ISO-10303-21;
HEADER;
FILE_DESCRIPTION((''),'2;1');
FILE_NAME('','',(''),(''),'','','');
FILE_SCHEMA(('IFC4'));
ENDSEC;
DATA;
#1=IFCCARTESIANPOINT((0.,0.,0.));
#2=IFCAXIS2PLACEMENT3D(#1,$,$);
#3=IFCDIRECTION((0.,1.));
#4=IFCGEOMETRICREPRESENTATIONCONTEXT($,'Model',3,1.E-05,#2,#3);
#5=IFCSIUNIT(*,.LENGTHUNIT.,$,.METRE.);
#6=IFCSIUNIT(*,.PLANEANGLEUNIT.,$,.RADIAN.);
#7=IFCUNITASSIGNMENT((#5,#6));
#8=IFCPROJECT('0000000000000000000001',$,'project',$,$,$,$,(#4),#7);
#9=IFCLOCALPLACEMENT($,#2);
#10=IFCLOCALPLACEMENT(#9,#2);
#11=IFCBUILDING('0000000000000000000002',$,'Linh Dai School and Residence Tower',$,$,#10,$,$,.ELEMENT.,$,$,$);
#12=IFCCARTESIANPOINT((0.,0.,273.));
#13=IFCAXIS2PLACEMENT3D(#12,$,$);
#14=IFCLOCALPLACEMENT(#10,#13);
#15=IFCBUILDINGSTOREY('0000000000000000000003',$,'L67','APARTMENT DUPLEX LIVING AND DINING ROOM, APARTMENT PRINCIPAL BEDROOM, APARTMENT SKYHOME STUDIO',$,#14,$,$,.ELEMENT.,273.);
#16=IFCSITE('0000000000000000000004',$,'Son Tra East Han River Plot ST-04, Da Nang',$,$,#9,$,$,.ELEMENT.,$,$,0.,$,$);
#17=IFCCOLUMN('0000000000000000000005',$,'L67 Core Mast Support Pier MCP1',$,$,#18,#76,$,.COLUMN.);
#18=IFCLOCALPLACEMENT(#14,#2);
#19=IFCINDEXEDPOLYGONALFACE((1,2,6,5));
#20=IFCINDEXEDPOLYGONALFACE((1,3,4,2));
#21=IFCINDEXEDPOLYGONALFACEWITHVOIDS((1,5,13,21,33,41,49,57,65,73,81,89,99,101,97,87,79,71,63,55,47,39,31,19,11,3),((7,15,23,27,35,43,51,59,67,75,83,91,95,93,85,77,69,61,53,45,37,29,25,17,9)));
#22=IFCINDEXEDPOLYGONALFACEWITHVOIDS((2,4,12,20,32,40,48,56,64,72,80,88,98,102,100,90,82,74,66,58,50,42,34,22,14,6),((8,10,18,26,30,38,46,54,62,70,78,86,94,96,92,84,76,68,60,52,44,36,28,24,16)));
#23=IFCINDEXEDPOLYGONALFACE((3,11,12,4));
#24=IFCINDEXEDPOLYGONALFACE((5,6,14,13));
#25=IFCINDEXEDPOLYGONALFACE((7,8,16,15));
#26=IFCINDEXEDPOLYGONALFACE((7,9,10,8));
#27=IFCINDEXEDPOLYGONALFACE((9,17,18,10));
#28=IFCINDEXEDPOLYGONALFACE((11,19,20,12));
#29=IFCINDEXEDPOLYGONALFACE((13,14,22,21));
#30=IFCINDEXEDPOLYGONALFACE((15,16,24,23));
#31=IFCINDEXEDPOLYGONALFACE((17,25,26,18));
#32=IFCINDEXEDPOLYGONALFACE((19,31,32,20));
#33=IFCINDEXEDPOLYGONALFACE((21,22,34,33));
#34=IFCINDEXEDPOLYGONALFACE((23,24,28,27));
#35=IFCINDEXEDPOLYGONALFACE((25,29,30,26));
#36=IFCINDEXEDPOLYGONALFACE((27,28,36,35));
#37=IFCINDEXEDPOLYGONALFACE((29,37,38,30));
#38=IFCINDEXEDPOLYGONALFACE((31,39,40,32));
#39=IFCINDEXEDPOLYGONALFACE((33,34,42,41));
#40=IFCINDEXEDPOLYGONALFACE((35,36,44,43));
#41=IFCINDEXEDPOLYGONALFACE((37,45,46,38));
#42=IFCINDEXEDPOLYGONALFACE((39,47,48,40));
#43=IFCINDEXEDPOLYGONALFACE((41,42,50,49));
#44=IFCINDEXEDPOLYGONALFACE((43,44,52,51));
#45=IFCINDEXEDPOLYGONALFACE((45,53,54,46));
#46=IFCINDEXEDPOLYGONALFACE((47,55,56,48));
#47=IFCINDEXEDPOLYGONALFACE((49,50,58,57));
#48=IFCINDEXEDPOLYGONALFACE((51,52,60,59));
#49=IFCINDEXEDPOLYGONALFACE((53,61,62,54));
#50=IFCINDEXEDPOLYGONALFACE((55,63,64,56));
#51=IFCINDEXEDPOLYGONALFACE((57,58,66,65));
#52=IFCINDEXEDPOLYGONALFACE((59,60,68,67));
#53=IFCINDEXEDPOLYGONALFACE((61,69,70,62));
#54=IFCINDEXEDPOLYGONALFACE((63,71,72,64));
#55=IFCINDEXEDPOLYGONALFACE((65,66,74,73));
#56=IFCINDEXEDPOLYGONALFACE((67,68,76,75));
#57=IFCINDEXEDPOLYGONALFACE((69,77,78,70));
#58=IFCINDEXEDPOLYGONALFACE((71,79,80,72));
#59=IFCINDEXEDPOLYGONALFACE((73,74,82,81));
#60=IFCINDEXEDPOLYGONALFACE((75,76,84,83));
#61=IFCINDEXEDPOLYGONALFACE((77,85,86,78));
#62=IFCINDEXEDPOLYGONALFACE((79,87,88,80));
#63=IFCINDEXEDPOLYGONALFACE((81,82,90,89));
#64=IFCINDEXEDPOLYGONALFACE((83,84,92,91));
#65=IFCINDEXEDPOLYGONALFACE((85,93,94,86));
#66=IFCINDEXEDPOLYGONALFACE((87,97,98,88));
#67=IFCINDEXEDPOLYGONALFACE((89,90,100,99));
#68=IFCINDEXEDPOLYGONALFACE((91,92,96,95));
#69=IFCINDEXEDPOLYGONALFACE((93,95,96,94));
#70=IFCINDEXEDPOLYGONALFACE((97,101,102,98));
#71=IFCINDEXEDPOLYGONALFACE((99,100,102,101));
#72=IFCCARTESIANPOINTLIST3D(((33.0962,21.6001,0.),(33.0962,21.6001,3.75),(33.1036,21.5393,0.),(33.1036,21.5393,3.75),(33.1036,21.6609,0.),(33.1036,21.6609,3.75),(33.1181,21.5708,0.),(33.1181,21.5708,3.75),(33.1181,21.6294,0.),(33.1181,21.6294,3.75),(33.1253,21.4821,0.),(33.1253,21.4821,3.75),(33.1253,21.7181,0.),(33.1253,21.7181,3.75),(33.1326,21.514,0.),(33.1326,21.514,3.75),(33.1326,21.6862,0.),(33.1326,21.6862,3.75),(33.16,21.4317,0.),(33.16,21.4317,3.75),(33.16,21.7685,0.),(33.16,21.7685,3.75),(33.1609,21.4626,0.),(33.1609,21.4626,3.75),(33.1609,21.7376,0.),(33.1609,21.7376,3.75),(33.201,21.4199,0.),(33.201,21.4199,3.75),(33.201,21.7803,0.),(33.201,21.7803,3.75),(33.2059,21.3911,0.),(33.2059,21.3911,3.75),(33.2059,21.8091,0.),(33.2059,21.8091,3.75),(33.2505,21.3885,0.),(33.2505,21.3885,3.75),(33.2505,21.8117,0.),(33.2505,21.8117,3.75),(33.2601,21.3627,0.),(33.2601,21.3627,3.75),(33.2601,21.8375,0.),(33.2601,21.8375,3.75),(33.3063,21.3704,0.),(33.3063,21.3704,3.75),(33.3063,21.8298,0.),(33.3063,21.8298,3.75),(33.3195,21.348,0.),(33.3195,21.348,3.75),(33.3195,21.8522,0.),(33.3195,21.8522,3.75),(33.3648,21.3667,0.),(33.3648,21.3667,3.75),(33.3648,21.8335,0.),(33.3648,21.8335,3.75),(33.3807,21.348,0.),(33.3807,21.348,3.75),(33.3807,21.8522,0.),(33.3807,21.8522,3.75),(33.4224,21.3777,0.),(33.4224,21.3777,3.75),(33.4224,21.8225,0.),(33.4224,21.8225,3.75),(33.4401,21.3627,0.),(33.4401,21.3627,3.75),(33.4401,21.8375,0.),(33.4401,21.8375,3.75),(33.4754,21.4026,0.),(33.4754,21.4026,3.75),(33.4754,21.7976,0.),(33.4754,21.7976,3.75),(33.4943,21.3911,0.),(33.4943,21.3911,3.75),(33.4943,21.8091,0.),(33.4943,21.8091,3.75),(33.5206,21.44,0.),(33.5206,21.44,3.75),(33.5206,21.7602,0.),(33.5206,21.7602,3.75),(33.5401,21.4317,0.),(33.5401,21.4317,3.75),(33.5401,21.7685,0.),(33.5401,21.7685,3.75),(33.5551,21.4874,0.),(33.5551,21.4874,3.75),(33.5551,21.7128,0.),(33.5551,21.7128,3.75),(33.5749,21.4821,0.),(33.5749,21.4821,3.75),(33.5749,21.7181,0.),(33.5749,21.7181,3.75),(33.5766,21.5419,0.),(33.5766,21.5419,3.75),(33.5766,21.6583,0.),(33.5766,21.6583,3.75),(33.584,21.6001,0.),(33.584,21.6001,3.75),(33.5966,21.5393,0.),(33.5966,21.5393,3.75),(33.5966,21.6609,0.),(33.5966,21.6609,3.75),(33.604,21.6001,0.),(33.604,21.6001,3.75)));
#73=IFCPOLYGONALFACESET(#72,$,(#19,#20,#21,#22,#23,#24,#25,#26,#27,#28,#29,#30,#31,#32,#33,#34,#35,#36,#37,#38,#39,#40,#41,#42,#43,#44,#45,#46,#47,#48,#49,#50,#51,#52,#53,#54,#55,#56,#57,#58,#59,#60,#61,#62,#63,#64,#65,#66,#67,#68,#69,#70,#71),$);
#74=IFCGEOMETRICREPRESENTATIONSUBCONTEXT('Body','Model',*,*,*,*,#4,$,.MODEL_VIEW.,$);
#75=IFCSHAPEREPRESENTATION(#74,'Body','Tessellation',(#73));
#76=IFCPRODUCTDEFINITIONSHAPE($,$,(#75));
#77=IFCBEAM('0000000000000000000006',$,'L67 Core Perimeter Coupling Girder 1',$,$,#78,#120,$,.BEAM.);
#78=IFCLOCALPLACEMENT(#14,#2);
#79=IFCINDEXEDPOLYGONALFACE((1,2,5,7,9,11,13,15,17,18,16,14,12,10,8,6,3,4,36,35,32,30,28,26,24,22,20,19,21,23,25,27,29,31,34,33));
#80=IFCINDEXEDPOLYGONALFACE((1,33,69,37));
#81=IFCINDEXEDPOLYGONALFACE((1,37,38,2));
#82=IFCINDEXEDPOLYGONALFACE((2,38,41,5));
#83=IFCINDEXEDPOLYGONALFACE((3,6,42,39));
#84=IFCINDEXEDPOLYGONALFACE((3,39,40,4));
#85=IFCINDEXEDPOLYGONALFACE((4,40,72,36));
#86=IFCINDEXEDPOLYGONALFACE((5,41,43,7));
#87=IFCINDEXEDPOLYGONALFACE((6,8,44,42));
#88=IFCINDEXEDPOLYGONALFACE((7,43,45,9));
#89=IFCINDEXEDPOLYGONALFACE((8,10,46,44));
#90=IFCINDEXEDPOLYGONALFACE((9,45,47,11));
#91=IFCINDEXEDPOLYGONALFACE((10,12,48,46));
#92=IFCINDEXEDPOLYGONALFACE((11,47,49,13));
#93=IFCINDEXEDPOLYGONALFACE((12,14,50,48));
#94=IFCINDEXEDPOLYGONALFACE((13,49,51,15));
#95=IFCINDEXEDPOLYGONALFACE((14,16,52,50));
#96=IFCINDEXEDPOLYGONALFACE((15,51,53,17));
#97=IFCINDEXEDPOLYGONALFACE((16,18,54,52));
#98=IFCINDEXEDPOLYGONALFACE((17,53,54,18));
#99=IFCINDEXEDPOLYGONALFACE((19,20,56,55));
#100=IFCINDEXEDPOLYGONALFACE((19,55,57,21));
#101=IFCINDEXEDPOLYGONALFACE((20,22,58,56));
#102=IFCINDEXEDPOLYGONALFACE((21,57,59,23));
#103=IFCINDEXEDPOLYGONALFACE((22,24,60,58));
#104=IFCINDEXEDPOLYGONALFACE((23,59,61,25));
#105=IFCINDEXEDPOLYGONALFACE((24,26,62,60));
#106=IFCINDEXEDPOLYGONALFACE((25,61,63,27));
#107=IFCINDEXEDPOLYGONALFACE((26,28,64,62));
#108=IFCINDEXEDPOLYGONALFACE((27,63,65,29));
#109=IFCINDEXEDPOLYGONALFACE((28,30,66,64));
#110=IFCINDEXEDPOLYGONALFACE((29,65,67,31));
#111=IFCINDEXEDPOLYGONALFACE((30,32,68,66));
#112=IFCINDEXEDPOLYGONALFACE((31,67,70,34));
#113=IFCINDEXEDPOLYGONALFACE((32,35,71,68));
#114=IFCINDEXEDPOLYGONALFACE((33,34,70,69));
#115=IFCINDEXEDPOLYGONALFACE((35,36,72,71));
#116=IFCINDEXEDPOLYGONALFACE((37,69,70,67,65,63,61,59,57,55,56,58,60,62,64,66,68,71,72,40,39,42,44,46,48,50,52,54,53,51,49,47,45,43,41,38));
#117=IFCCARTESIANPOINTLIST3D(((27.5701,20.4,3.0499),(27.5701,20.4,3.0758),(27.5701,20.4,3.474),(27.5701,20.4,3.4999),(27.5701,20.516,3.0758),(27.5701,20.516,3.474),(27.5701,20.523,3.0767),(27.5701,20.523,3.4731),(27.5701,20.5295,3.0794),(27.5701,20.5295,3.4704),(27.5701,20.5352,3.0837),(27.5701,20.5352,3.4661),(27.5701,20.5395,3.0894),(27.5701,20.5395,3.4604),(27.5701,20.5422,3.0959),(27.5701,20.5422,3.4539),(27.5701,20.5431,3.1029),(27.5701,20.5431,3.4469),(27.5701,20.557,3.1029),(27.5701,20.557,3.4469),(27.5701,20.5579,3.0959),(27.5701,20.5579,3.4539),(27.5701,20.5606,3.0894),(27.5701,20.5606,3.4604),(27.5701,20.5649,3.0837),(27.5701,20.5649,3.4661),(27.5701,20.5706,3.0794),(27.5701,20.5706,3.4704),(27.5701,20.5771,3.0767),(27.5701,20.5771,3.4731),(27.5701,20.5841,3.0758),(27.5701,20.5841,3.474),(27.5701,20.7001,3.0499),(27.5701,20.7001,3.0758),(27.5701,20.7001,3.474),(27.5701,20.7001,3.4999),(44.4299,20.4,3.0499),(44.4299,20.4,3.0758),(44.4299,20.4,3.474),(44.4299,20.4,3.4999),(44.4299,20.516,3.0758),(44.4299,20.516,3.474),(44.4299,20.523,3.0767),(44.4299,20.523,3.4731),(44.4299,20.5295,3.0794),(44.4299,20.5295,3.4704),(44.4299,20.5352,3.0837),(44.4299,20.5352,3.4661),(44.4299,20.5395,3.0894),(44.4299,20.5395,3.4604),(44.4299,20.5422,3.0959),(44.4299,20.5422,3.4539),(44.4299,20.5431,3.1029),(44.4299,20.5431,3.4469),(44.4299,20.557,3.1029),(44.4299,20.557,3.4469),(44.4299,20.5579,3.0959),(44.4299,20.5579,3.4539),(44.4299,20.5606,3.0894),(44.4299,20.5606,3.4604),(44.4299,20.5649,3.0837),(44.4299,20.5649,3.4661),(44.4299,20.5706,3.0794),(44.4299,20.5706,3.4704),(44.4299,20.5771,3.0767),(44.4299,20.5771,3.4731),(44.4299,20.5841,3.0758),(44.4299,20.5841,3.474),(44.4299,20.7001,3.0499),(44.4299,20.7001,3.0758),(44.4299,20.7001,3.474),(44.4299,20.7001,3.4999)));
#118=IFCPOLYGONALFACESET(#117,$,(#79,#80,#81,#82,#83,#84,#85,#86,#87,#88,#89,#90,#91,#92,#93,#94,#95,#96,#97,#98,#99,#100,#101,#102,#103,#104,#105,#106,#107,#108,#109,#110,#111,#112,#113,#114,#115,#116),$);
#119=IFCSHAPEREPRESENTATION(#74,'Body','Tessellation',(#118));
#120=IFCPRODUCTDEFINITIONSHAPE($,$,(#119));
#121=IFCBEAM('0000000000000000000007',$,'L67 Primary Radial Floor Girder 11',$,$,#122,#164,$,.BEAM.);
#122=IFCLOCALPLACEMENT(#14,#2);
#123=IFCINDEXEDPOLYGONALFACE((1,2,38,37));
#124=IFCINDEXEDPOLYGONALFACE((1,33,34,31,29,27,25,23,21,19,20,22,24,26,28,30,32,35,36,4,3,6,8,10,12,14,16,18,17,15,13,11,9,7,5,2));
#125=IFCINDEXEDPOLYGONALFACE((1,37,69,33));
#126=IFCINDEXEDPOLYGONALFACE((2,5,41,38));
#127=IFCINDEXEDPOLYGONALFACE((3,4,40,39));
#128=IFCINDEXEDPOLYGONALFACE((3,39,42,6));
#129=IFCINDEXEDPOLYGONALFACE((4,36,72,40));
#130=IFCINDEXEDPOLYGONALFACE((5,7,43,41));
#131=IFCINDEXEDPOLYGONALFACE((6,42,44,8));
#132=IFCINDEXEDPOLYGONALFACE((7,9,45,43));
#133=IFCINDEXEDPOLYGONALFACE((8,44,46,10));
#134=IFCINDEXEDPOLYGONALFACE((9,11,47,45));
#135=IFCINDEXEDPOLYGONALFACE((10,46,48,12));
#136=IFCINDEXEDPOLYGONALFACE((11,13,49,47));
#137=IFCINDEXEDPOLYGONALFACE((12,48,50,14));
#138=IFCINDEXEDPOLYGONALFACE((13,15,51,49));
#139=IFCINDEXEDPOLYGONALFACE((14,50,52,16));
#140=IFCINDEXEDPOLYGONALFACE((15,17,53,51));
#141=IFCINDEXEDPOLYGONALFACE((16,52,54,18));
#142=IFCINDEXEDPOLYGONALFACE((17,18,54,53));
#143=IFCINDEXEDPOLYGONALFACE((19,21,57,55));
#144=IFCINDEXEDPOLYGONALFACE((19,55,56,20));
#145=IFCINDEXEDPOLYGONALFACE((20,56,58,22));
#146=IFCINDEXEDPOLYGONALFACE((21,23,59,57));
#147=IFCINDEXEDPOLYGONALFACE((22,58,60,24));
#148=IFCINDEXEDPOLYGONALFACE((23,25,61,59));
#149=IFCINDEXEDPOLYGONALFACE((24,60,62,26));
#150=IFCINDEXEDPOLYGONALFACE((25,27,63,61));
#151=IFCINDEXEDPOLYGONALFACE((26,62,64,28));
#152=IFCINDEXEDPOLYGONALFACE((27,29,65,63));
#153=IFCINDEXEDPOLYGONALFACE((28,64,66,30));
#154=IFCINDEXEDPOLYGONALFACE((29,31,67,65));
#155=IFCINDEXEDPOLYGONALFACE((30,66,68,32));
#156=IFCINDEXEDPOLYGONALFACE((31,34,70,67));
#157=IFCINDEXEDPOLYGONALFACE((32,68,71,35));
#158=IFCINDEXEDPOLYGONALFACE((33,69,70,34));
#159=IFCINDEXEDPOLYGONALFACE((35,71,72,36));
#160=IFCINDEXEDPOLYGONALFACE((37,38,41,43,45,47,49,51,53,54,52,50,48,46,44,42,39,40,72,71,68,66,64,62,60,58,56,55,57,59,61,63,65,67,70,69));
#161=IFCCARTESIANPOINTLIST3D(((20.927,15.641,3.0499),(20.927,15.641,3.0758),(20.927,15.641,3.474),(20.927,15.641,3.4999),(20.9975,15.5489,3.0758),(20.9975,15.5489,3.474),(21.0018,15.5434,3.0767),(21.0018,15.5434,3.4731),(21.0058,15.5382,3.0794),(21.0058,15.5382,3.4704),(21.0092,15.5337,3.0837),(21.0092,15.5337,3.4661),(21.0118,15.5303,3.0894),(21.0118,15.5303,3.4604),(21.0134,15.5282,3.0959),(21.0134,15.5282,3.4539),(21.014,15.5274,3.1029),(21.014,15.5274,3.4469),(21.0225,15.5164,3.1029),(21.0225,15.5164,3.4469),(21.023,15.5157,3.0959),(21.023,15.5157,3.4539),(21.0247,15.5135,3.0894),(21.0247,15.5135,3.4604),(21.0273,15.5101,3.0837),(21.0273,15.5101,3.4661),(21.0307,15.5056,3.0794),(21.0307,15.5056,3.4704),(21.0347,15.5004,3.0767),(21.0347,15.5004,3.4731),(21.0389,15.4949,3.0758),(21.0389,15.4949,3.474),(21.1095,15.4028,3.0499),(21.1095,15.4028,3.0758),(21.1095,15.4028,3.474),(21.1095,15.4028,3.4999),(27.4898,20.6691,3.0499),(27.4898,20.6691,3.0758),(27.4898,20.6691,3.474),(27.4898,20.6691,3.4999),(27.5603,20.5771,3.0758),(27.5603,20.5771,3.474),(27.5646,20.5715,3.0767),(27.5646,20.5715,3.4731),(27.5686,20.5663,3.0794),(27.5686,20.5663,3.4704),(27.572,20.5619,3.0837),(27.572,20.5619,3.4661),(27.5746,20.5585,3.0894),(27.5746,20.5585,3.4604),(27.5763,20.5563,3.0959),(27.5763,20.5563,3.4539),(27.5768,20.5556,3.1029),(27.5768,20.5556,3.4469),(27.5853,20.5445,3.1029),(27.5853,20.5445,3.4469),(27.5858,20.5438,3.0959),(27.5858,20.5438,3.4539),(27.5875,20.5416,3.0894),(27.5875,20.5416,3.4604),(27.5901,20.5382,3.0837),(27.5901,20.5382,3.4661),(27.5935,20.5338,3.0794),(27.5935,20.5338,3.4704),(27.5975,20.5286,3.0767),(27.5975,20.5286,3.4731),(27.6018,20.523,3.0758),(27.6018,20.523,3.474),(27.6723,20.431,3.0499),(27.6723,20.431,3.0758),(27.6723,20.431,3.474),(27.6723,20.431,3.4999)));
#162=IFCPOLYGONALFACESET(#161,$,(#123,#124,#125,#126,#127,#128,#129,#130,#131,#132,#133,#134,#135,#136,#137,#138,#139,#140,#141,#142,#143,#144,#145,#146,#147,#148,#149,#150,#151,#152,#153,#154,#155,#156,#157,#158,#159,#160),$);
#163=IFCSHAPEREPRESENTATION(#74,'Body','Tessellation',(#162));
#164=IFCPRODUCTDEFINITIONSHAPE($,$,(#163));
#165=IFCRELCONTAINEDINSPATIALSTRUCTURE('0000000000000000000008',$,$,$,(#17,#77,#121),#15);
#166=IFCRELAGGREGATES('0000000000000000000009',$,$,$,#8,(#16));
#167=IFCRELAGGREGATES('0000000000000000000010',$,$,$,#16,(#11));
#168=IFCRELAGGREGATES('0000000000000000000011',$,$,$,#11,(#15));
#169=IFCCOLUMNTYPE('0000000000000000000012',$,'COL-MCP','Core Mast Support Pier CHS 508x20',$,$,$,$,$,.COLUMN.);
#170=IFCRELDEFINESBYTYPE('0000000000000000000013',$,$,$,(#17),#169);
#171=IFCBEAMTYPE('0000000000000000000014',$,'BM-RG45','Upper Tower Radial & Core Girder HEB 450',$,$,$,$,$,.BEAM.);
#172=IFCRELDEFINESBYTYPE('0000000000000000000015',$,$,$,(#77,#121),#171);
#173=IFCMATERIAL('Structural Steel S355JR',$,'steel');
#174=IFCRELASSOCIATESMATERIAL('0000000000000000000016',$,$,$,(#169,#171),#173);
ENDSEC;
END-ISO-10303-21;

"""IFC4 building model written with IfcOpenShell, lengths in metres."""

from ifc_helpers import new_model, si_unit, direction, frame, origin, origin_2d, place, context, subcontext, project, spatial, hollow_circle, i_section, extrude, material, material_profile, profile_set, type_object, element, save


model = new_model("IFC4")

# Units and contexts
model_context = context("Model", 3, precision=1e-05, world=origin(), true_north=direction((0.0, 1.0)))
body_context = subcontext(model_context, "Body", "Model", "MODEL_VIEW")
ifc_project = project(units=[si_unit("LENGTHUNIT", "METRE"), si_unit("PLANEANGLEUNIT", "RADIAN")], contexts=[model_context])

# Site, building, storey
site_placement = place(None, origin())
site = spatial("IfcSite", under=ifc_project, at=site_placement, Name="Son Tra East Han River Plot ST-04, Da Nang", CompositionType="ELEMENT", RefElevation=0.0)
building_placement = place(site_placement, origin())
building = spatial("IfcBuilding", under=site, at=building_placement, Name="Linh Dai School and Residence Tower", CompositionType="ELEMENT")
storey_placement = place(building_placement, frame((0.0, 0.0, 273.0)))
storey = spatial("IfcBuildingStorey", under=building, at=storey_placement, Name="L67", Description="APARTMENT DUPLEX LIVING AND DINING ROOM, APARTMENT PRINCIPAL BEDROOM, APARTMENT SKYHOME STUDIO", CompositionType="ELEMENT", Elevation=273.0)

# Column
ifc_material_1 = material(Name="Structural Steel S355JR", Category="steel")
ifc_material_profile_1 = material_profile(ifc_material_1, hollow_circle(Radius=0.2539, WallThickness=0.02, at=origin_2d()), Name="CHS 508x20")
ifc_profile_set_1 = profile_set([ifc_material_profile_1], Name="Structural Steel S355JR")
column_type = type_object("IfcColumnType", Name="COL-MCP", Description="Core Mast Support Pier CHS 508x20", PredefinedType="COLUMN", material=ifc_profile_set_1)
column_placement = place(storey_placement, frame((33.3501, 21.6001, 0.0), z_axis=(0.0, 0.0, 1.0), x_axis=(1.0, 0.0, 0.0)))
element("IfcColumn", 1, at=column_placement, inside=storey, type_object=column_type, Name="L67 Core Mast Support Pier MCP1", PredefinedType="COLUMN", context=body_context, shape_type="SweptSolid", body=[
    extrude(hollow_circle(Radius=0.2539, WallThickness=0.02, at=origin_2d()), origin(), (0.0, 0.0, 1.0), 3.75),
])

# Beams
ifc_material_profile_2 = material_profile(ifc_material_1, i_section(OverallWidth=0.3, OverallDepth=0.45, WebThickness=0.0139, FlangeThickness=0.0259, FilletRadius=0.0271, at=origin_2d()), Name="HEB 450")
ifc_profile_set_2 = profile_set([ifc_material_profile_2], Name="Structural Steel S355JR")
beam_type_1 = type_object("IfcBeamType", Name="BM-RG45", Description="Upper Tower Radial & Core Girder HEB 450", PredefinedType="BEAM", material=ifc_profile_set_2)
beam_1_placement = place(storey_placement, frame((27.5701, 20.55, 3.2749), z_axis=(1.0, 0.0, 0.0), x_axis=(0.0, 1.0, 0.0)))
element("IfcBeam", 2, at=beam_1_placement, inside=storey, type_object=beam_type_1, Name="L67 Core Perimeter Coupling Girder 1", PredefinedType="BEAM", context=body_context, shape_type="SweptSolid", body=[
    extrude(i_section(OverallWidth=0.3, OverallDepth=0.45, WebThickness=0.0139, FlangeThickness=0.0259, FilletRadius=0.0271, at=origin_2d()), origin(), (0.0, 0.0, 1.0), 16.8599),
])
beam_2_placement = place(storey_placement, frame((27.5811, 20.55, 3.2749), z_axis=(-0.793803, -0.608175, 0.0), x_axis=(0.608175, -0.793803, 0.0)))
element("IfcBeam", 3, at=beam_2_placement, inside=storey, type_object=beam_type_1, Name="L67 Primary Radial Floor Girder 11", PredefinedType="BEAM", context=body_context, shape_type="SweptSolid", body=[
    extrude(i_section(OverallWidth=0.3, OverallDepth=0.45, WebThickness=0.0139, FlangeThickness=0.0259, FilletRadius=0.0271, at=origin_2d()), origin(), (0.0, 0.0, 1.0), 8.2676),
])

save(model, "model.ifc")
